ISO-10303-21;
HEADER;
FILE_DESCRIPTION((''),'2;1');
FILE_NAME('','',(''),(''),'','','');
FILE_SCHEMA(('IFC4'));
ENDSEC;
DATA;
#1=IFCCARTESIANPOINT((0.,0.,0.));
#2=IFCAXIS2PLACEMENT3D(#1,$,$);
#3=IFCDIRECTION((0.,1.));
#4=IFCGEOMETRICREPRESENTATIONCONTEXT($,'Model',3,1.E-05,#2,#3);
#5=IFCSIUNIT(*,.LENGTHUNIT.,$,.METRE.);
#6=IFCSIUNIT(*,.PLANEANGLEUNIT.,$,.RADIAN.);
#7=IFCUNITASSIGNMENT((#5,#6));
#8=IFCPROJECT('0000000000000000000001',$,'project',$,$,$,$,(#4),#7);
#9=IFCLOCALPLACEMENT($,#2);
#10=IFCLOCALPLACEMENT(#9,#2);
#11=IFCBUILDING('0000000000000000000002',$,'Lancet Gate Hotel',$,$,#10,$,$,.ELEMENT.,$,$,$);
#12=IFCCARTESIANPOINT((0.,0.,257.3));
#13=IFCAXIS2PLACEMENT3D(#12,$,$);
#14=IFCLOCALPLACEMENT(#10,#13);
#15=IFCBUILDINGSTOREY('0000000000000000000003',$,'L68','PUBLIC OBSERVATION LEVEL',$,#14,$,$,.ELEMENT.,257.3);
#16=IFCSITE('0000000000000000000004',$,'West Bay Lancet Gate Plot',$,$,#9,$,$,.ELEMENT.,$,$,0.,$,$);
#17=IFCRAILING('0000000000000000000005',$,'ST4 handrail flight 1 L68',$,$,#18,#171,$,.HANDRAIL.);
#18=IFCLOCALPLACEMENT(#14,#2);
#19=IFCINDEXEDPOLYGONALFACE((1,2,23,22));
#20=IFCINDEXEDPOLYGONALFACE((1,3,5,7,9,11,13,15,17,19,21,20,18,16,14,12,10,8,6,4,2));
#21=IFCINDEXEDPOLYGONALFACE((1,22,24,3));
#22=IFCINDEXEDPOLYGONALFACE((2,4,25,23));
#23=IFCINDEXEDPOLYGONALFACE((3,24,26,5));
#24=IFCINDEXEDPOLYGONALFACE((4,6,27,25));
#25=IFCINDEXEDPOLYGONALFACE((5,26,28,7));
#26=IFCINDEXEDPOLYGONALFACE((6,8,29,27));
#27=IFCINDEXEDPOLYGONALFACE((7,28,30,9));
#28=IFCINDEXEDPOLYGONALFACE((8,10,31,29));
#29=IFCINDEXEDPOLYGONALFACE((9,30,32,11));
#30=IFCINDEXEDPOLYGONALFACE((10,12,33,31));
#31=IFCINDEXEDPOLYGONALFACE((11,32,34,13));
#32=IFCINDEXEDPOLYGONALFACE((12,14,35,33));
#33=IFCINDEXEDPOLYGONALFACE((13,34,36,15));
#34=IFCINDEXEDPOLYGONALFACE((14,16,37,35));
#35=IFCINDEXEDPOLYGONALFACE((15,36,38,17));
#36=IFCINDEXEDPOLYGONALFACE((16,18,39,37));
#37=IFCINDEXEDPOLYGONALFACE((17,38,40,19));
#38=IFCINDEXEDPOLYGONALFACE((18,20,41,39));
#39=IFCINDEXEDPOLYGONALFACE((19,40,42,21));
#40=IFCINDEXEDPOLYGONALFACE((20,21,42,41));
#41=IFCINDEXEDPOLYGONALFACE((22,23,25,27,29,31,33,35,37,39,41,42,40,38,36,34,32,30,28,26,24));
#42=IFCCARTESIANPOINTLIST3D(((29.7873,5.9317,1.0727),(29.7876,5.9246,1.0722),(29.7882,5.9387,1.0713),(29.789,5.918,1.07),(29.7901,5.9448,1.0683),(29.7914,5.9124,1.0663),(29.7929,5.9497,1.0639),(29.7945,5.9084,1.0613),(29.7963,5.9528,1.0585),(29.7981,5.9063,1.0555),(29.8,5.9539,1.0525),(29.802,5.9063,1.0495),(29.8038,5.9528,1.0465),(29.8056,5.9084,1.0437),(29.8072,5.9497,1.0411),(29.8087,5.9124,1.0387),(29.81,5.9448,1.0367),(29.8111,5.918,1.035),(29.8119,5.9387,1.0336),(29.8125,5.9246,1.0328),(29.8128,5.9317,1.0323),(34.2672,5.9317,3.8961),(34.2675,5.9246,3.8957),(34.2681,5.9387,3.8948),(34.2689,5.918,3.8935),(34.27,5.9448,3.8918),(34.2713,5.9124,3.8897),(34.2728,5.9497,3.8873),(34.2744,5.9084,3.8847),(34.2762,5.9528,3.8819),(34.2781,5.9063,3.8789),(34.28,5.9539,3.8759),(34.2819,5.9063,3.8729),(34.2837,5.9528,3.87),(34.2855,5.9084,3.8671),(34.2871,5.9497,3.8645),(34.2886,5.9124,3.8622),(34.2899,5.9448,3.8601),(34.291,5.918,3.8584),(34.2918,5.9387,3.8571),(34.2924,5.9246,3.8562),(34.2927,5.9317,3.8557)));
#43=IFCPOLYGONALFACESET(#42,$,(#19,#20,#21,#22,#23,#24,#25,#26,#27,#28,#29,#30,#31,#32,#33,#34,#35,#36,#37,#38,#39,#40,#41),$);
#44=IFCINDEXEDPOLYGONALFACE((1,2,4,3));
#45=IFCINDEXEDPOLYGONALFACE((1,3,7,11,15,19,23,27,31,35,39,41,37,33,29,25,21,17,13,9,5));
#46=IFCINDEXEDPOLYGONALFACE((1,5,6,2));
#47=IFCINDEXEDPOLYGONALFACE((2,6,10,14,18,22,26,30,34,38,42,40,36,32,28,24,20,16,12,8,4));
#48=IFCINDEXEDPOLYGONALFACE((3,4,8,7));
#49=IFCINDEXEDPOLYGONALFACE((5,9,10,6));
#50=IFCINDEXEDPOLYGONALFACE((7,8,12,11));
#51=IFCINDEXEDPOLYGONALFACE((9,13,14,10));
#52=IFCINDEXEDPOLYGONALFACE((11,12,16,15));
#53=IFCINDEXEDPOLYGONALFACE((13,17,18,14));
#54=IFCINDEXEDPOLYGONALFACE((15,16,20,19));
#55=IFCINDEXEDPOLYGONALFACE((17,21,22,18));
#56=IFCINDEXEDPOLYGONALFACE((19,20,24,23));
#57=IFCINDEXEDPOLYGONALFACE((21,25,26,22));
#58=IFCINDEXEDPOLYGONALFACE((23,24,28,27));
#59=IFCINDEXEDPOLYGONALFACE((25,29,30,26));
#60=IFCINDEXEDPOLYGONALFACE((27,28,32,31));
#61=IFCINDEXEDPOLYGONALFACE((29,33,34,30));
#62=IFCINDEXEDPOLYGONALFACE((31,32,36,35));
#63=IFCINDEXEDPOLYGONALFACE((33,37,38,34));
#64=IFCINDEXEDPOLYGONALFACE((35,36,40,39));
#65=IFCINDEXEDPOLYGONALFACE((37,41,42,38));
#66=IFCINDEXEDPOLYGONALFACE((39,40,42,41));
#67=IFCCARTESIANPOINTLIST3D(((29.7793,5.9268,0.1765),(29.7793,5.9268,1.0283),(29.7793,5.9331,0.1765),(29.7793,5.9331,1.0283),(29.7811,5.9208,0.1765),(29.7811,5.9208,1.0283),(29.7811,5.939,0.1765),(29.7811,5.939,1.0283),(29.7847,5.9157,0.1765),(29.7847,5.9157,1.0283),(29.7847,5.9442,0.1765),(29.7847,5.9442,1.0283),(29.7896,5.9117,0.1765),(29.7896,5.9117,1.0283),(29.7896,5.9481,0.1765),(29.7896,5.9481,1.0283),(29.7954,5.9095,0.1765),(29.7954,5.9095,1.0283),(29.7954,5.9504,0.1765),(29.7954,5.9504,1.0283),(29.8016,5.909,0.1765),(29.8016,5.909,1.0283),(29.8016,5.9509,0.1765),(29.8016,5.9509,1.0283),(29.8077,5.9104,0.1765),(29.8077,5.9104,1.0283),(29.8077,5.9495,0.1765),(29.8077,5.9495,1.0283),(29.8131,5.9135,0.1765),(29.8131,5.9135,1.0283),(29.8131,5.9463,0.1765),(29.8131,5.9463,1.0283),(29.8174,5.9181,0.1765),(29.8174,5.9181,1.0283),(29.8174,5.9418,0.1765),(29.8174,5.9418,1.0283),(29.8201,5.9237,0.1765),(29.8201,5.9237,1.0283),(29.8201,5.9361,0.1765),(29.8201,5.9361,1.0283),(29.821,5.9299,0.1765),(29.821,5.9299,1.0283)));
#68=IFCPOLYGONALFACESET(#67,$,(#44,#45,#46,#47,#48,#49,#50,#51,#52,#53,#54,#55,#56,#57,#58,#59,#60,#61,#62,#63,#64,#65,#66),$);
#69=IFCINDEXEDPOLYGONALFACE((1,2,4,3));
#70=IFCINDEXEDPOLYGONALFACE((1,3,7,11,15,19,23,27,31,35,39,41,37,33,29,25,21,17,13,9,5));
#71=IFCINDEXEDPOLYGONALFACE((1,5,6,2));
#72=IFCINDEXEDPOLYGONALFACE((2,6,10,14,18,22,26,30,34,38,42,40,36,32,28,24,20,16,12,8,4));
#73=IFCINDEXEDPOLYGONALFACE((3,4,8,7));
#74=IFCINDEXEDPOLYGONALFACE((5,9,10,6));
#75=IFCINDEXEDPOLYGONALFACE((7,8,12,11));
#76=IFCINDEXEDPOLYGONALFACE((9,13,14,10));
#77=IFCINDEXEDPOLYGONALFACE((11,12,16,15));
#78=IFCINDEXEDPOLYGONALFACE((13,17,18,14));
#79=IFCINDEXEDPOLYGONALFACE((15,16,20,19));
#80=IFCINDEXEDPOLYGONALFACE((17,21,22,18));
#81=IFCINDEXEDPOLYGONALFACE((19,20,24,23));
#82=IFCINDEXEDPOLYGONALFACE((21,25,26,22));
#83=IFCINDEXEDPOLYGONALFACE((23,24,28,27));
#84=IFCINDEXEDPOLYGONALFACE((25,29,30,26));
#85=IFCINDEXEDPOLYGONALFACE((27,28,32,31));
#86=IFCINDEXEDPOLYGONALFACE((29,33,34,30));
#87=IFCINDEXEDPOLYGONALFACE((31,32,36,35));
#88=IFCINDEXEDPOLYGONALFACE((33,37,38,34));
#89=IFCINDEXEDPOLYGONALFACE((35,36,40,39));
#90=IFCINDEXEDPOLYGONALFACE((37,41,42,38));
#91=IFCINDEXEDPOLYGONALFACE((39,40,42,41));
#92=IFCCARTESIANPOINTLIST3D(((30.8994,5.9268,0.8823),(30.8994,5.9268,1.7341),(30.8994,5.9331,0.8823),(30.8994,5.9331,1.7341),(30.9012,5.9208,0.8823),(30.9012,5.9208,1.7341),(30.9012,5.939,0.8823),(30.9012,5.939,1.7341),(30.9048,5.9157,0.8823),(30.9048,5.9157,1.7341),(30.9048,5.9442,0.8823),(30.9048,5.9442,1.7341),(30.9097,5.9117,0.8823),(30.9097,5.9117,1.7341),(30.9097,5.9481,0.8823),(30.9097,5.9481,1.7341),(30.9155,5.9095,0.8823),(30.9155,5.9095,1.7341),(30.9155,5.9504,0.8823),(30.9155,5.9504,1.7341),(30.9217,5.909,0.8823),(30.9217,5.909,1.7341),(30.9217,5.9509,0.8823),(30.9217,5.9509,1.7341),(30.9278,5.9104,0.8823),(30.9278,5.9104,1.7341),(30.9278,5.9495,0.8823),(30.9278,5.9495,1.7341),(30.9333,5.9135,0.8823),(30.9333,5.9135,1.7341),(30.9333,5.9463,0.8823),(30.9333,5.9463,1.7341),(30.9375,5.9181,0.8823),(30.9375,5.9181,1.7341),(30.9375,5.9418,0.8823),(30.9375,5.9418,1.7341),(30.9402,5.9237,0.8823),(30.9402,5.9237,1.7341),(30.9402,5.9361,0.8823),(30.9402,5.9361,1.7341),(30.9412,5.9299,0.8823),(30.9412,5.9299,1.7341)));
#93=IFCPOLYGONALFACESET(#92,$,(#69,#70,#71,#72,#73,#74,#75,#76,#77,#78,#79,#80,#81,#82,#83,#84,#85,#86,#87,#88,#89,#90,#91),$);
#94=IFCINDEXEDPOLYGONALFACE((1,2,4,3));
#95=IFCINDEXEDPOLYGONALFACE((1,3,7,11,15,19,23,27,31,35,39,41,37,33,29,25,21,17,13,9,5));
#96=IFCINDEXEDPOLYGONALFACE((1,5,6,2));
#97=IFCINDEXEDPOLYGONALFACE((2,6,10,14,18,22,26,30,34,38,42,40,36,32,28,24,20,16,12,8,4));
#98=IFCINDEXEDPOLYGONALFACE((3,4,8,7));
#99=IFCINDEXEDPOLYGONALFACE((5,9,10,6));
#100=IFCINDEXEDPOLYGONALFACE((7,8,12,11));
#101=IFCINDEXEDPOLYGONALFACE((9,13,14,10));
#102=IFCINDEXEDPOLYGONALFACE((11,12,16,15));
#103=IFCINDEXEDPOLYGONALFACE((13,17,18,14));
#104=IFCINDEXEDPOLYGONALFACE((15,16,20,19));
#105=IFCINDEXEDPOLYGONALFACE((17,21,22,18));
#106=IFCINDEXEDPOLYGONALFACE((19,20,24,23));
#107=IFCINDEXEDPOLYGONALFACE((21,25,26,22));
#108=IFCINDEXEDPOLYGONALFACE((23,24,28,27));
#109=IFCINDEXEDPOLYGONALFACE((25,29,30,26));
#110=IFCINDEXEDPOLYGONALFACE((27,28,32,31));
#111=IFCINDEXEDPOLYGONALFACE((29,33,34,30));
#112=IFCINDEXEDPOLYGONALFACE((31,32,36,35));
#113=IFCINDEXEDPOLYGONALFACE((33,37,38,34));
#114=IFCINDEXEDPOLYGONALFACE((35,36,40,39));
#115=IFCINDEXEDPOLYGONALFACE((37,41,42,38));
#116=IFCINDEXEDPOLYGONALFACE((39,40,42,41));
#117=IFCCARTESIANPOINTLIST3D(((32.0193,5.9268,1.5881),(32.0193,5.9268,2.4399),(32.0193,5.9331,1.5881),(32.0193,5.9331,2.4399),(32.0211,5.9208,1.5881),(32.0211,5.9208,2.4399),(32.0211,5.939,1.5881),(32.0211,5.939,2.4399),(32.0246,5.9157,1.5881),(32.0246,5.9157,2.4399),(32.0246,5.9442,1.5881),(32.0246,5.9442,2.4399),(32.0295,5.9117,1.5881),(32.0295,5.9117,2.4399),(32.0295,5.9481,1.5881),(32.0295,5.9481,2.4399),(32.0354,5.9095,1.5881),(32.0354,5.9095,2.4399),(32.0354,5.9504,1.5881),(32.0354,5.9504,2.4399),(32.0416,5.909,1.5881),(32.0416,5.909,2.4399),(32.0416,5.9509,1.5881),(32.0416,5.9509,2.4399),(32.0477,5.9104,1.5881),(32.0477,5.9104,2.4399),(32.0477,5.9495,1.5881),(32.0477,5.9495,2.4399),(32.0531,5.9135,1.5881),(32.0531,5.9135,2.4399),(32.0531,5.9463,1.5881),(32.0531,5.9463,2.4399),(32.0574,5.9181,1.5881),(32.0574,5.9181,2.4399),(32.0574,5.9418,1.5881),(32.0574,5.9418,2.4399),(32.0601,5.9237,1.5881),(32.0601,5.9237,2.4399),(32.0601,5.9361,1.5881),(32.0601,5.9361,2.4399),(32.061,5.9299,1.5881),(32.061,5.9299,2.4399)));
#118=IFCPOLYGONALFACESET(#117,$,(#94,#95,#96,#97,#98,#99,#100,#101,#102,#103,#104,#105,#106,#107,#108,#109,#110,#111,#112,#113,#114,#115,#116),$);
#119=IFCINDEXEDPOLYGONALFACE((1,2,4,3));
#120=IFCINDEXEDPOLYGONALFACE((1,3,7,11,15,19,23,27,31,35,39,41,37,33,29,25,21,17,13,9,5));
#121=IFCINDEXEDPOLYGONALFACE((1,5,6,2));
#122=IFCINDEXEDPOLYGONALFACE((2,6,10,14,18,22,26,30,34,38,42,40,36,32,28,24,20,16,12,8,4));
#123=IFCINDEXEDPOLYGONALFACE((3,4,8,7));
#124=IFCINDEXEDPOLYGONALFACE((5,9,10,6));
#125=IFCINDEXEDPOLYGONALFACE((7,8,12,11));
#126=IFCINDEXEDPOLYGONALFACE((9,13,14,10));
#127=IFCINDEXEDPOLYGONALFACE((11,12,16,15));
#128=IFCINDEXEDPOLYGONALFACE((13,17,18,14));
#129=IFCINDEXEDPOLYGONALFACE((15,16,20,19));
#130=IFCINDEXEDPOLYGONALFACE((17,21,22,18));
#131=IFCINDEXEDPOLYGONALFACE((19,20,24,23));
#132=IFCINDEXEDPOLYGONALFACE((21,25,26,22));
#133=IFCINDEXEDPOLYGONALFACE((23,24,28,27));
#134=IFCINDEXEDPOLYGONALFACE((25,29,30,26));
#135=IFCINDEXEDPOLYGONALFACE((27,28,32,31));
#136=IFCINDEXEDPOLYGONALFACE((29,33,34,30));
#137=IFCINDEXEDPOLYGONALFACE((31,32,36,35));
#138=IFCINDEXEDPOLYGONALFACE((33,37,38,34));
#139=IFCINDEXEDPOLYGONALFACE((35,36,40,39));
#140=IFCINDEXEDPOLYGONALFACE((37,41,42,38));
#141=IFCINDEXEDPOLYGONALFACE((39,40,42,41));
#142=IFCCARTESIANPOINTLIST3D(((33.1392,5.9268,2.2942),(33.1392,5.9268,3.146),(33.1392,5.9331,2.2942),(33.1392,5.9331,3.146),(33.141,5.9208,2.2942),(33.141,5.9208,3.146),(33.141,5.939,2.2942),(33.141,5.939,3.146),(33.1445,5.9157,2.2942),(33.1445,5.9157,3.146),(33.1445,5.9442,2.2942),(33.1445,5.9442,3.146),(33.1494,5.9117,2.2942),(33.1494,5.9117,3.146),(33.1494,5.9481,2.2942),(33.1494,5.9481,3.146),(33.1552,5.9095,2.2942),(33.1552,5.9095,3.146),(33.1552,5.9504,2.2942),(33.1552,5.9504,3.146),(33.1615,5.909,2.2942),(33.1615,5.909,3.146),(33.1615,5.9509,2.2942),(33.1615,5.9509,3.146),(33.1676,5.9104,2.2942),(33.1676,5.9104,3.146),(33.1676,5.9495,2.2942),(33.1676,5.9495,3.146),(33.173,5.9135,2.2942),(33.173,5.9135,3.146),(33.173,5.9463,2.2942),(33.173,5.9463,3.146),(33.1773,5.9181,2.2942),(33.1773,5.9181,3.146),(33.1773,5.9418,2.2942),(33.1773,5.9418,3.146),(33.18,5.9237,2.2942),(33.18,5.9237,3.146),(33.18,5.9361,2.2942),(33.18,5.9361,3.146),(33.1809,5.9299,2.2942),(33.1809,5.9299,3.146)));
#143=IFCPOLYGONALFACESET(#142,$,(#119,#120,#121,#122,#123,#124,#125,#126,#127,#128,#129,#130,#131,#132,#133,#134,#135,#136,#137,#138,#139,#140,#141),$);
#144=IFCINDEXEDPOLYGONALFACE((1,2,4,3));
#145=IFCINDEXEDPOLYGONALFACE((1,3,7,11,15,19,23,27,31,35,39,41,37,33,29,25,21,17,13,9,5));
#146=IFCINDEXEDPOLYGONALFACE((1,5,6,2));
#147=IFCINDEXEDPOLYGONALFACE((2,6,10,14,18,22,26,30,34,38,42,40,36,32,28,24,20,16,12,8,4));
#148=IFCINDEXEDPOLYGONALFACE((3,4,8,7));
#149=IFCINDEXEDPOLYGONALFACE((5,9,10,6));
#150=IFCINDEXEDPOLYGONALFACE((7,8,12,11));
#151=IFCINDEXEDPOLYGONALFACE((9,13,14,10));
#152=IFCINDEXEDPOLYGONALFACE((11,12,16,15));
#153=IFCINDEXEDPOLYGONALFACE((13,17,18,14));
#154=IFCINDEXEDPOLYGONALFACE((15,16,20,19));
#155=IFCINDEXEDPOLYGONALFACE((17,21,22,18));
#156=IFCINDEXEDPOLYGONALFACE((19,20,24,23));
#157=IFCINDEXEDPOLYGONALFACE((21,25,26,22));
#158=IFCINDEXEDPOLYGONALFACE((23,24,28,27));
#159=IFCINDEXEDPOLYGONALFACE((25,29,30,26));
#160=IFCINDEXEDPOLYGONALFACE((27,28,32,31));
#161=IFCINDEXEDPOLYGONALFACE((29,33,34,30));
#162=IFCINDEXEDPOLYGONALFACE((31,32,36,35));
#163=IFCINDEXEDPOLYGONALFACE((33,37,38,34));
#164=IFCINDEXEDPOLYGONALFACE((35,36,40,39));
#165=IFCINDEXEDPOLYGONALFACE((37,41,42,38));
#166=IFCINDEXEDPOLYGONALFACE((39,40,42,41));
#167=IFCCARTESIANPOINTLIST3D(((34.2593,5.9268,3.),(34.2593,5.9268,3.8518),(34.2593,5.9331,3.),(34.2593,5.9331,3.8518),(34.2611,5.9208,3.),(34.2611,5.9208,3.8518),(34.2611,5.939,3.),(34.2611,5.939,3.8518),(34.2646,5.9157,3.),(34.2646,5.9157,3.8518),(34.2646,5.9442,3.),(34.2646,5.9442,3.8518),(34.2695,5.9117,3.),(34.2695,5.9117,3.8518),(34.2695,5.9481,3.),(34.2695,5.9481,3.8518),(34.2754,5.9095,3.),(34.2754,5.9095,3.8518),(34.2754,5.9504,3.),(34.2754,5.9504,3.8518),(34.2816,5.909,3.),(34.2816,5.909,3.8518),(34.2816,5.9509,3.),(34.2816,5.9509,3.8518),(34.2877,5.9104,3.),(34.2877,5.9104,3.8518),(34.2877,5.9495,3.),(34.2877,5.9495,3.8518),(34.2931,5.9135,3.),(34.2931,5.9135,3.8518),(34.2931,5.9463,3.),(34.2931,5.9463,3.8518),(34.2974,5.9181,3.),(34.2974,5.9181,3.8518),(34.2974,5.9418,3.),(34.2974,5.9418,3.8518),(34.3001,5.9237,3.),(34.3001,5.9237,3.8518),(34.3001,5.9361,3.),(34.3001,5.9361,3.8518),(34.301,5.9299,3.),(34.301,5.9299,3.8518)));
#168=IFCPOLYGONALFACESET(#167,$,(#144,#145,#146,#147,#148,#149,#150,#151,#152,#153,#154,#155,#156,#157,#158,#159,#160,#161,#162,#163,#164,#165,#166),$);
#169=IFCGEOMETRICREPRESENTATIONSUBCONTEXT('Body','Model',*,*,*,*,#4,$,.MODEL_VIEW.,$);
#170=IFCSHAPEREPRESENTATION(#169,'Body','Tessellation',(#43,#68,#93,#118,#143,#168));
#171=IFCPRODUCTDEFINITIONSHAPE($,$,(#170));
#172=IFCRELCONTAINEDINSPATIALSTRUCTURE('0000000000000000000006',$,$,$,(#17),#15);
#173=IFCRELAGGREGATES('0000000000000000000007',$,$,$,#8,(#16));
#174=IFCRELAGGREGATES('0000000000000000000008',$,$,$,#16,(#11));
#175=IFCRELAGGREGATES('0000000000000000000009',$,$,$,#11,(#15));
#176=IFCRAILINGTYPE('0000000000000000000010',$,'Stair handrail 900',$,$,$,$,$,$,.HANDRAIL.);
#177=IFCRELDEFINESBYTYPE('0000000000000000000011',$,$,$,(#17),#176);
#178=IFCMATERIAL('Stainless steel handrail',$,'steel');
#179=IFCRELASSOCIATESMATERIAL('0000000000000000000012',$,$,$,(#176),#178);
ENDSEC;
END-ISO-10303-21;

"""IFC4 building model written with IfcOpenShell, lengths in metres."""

from ifc_helpers import new_model, si_unit, direction, frame, origin, origin_2d, place, context, subcontext, project, spatial, circle, extrude, material, type_object, element, save


model = new_model("IFC4")

# Units and contexts
model_context = context("Model", 3, precision=1e-05, world=origin(), true_north=direction((0.0, 1.0)))
body_context = subcontext(model_context, "Body", "Model", "MODEL_VIEW")
ifc_project = project(units=[si_unit("LENGTHUNIT", "METRE"), si_unit("PLANEANGLEUNIT", "RADIAN")], contexts=[model_context])

# Site, building, storey
site_placement = place(None, origin())
site = spatial("IfcSite", under=ifc_project, at=site_placement, Name="West Bay Lancet Gate Plot", CompositionType="ELEMENT", RefElevation=0.0)
building_placement = place(site_placement, origin())
building = spatial("IfcBuilding", under=site, at=building_placement, Name="Lancet Gate Hotel", CompositionType="ELEMENT")
storey_placement = place(building_placement, frame((0.0, 0.0, 257.3)))
storey = spatial("IfcBuildingStorey", under=building, at=storey_placement, Name="L68", Description="PUBLIC OBSERVATION LEVEL", CompositionType="ELEMENT", Elevation=257.3)

# Railing
ifc_material_1 = material(Name="Stainless steel handrail", Category="steel")
railing_type = type_object("IfcRailingType", Name="Stair handrail 900", PredefinedType="HANDRAIL", material=ifc_material_1)
railing_1_placement = place(storey_placement, frame((29.8, 5.9299, 0.1765)))
element("IfcRailing", 1, at=railing_1_placement, inside=storey, type_object=railing_type, Name="ST4 handrail flight 1 L68", PredefinedType="HANDRAIL", context=body_context, shape_type="SweptSolid", body=[
    extrude(circle(Radius=0.0239, at=origin_2d()), frame((0.0, 0.0, 0.876), z_axis=(0.845998, 0.0, 0.533186), x_axis=(0.0, 1.0, 0.0)), (0.0, 0.0, 1.0), 5.2954),
    extrude(circle(Radius=0.021, at=origin_2d()), origin(), (0.0, 0.0, 1.0), 0.8518),
    extrude(circle(Radius=0.021, at=origin_2d()), frame((1.1201, 0.0, 0.7058)), (0.0, 0.0, 1.0), 0.8518),
    extrude(circle(Radius=0.021, at=origin_2d()), frame((2.24, 0.0, 1.4116)), (0.0, 0.0, 1.0), 0.8518),
    extrude(circle(Radius=0.021, at=origin_2d()), frame((3.3599, 0.0, 2.1177)), (0.0, 0.0, 1.0), 0.8518),
    extrude(circle(Radius=0.021, at=origin_2d()), frame((4.48, 0.0, 2.8235)), (0.0, 0.0, 1.0), 0.8518),
])

save(model, "model.ifc")
